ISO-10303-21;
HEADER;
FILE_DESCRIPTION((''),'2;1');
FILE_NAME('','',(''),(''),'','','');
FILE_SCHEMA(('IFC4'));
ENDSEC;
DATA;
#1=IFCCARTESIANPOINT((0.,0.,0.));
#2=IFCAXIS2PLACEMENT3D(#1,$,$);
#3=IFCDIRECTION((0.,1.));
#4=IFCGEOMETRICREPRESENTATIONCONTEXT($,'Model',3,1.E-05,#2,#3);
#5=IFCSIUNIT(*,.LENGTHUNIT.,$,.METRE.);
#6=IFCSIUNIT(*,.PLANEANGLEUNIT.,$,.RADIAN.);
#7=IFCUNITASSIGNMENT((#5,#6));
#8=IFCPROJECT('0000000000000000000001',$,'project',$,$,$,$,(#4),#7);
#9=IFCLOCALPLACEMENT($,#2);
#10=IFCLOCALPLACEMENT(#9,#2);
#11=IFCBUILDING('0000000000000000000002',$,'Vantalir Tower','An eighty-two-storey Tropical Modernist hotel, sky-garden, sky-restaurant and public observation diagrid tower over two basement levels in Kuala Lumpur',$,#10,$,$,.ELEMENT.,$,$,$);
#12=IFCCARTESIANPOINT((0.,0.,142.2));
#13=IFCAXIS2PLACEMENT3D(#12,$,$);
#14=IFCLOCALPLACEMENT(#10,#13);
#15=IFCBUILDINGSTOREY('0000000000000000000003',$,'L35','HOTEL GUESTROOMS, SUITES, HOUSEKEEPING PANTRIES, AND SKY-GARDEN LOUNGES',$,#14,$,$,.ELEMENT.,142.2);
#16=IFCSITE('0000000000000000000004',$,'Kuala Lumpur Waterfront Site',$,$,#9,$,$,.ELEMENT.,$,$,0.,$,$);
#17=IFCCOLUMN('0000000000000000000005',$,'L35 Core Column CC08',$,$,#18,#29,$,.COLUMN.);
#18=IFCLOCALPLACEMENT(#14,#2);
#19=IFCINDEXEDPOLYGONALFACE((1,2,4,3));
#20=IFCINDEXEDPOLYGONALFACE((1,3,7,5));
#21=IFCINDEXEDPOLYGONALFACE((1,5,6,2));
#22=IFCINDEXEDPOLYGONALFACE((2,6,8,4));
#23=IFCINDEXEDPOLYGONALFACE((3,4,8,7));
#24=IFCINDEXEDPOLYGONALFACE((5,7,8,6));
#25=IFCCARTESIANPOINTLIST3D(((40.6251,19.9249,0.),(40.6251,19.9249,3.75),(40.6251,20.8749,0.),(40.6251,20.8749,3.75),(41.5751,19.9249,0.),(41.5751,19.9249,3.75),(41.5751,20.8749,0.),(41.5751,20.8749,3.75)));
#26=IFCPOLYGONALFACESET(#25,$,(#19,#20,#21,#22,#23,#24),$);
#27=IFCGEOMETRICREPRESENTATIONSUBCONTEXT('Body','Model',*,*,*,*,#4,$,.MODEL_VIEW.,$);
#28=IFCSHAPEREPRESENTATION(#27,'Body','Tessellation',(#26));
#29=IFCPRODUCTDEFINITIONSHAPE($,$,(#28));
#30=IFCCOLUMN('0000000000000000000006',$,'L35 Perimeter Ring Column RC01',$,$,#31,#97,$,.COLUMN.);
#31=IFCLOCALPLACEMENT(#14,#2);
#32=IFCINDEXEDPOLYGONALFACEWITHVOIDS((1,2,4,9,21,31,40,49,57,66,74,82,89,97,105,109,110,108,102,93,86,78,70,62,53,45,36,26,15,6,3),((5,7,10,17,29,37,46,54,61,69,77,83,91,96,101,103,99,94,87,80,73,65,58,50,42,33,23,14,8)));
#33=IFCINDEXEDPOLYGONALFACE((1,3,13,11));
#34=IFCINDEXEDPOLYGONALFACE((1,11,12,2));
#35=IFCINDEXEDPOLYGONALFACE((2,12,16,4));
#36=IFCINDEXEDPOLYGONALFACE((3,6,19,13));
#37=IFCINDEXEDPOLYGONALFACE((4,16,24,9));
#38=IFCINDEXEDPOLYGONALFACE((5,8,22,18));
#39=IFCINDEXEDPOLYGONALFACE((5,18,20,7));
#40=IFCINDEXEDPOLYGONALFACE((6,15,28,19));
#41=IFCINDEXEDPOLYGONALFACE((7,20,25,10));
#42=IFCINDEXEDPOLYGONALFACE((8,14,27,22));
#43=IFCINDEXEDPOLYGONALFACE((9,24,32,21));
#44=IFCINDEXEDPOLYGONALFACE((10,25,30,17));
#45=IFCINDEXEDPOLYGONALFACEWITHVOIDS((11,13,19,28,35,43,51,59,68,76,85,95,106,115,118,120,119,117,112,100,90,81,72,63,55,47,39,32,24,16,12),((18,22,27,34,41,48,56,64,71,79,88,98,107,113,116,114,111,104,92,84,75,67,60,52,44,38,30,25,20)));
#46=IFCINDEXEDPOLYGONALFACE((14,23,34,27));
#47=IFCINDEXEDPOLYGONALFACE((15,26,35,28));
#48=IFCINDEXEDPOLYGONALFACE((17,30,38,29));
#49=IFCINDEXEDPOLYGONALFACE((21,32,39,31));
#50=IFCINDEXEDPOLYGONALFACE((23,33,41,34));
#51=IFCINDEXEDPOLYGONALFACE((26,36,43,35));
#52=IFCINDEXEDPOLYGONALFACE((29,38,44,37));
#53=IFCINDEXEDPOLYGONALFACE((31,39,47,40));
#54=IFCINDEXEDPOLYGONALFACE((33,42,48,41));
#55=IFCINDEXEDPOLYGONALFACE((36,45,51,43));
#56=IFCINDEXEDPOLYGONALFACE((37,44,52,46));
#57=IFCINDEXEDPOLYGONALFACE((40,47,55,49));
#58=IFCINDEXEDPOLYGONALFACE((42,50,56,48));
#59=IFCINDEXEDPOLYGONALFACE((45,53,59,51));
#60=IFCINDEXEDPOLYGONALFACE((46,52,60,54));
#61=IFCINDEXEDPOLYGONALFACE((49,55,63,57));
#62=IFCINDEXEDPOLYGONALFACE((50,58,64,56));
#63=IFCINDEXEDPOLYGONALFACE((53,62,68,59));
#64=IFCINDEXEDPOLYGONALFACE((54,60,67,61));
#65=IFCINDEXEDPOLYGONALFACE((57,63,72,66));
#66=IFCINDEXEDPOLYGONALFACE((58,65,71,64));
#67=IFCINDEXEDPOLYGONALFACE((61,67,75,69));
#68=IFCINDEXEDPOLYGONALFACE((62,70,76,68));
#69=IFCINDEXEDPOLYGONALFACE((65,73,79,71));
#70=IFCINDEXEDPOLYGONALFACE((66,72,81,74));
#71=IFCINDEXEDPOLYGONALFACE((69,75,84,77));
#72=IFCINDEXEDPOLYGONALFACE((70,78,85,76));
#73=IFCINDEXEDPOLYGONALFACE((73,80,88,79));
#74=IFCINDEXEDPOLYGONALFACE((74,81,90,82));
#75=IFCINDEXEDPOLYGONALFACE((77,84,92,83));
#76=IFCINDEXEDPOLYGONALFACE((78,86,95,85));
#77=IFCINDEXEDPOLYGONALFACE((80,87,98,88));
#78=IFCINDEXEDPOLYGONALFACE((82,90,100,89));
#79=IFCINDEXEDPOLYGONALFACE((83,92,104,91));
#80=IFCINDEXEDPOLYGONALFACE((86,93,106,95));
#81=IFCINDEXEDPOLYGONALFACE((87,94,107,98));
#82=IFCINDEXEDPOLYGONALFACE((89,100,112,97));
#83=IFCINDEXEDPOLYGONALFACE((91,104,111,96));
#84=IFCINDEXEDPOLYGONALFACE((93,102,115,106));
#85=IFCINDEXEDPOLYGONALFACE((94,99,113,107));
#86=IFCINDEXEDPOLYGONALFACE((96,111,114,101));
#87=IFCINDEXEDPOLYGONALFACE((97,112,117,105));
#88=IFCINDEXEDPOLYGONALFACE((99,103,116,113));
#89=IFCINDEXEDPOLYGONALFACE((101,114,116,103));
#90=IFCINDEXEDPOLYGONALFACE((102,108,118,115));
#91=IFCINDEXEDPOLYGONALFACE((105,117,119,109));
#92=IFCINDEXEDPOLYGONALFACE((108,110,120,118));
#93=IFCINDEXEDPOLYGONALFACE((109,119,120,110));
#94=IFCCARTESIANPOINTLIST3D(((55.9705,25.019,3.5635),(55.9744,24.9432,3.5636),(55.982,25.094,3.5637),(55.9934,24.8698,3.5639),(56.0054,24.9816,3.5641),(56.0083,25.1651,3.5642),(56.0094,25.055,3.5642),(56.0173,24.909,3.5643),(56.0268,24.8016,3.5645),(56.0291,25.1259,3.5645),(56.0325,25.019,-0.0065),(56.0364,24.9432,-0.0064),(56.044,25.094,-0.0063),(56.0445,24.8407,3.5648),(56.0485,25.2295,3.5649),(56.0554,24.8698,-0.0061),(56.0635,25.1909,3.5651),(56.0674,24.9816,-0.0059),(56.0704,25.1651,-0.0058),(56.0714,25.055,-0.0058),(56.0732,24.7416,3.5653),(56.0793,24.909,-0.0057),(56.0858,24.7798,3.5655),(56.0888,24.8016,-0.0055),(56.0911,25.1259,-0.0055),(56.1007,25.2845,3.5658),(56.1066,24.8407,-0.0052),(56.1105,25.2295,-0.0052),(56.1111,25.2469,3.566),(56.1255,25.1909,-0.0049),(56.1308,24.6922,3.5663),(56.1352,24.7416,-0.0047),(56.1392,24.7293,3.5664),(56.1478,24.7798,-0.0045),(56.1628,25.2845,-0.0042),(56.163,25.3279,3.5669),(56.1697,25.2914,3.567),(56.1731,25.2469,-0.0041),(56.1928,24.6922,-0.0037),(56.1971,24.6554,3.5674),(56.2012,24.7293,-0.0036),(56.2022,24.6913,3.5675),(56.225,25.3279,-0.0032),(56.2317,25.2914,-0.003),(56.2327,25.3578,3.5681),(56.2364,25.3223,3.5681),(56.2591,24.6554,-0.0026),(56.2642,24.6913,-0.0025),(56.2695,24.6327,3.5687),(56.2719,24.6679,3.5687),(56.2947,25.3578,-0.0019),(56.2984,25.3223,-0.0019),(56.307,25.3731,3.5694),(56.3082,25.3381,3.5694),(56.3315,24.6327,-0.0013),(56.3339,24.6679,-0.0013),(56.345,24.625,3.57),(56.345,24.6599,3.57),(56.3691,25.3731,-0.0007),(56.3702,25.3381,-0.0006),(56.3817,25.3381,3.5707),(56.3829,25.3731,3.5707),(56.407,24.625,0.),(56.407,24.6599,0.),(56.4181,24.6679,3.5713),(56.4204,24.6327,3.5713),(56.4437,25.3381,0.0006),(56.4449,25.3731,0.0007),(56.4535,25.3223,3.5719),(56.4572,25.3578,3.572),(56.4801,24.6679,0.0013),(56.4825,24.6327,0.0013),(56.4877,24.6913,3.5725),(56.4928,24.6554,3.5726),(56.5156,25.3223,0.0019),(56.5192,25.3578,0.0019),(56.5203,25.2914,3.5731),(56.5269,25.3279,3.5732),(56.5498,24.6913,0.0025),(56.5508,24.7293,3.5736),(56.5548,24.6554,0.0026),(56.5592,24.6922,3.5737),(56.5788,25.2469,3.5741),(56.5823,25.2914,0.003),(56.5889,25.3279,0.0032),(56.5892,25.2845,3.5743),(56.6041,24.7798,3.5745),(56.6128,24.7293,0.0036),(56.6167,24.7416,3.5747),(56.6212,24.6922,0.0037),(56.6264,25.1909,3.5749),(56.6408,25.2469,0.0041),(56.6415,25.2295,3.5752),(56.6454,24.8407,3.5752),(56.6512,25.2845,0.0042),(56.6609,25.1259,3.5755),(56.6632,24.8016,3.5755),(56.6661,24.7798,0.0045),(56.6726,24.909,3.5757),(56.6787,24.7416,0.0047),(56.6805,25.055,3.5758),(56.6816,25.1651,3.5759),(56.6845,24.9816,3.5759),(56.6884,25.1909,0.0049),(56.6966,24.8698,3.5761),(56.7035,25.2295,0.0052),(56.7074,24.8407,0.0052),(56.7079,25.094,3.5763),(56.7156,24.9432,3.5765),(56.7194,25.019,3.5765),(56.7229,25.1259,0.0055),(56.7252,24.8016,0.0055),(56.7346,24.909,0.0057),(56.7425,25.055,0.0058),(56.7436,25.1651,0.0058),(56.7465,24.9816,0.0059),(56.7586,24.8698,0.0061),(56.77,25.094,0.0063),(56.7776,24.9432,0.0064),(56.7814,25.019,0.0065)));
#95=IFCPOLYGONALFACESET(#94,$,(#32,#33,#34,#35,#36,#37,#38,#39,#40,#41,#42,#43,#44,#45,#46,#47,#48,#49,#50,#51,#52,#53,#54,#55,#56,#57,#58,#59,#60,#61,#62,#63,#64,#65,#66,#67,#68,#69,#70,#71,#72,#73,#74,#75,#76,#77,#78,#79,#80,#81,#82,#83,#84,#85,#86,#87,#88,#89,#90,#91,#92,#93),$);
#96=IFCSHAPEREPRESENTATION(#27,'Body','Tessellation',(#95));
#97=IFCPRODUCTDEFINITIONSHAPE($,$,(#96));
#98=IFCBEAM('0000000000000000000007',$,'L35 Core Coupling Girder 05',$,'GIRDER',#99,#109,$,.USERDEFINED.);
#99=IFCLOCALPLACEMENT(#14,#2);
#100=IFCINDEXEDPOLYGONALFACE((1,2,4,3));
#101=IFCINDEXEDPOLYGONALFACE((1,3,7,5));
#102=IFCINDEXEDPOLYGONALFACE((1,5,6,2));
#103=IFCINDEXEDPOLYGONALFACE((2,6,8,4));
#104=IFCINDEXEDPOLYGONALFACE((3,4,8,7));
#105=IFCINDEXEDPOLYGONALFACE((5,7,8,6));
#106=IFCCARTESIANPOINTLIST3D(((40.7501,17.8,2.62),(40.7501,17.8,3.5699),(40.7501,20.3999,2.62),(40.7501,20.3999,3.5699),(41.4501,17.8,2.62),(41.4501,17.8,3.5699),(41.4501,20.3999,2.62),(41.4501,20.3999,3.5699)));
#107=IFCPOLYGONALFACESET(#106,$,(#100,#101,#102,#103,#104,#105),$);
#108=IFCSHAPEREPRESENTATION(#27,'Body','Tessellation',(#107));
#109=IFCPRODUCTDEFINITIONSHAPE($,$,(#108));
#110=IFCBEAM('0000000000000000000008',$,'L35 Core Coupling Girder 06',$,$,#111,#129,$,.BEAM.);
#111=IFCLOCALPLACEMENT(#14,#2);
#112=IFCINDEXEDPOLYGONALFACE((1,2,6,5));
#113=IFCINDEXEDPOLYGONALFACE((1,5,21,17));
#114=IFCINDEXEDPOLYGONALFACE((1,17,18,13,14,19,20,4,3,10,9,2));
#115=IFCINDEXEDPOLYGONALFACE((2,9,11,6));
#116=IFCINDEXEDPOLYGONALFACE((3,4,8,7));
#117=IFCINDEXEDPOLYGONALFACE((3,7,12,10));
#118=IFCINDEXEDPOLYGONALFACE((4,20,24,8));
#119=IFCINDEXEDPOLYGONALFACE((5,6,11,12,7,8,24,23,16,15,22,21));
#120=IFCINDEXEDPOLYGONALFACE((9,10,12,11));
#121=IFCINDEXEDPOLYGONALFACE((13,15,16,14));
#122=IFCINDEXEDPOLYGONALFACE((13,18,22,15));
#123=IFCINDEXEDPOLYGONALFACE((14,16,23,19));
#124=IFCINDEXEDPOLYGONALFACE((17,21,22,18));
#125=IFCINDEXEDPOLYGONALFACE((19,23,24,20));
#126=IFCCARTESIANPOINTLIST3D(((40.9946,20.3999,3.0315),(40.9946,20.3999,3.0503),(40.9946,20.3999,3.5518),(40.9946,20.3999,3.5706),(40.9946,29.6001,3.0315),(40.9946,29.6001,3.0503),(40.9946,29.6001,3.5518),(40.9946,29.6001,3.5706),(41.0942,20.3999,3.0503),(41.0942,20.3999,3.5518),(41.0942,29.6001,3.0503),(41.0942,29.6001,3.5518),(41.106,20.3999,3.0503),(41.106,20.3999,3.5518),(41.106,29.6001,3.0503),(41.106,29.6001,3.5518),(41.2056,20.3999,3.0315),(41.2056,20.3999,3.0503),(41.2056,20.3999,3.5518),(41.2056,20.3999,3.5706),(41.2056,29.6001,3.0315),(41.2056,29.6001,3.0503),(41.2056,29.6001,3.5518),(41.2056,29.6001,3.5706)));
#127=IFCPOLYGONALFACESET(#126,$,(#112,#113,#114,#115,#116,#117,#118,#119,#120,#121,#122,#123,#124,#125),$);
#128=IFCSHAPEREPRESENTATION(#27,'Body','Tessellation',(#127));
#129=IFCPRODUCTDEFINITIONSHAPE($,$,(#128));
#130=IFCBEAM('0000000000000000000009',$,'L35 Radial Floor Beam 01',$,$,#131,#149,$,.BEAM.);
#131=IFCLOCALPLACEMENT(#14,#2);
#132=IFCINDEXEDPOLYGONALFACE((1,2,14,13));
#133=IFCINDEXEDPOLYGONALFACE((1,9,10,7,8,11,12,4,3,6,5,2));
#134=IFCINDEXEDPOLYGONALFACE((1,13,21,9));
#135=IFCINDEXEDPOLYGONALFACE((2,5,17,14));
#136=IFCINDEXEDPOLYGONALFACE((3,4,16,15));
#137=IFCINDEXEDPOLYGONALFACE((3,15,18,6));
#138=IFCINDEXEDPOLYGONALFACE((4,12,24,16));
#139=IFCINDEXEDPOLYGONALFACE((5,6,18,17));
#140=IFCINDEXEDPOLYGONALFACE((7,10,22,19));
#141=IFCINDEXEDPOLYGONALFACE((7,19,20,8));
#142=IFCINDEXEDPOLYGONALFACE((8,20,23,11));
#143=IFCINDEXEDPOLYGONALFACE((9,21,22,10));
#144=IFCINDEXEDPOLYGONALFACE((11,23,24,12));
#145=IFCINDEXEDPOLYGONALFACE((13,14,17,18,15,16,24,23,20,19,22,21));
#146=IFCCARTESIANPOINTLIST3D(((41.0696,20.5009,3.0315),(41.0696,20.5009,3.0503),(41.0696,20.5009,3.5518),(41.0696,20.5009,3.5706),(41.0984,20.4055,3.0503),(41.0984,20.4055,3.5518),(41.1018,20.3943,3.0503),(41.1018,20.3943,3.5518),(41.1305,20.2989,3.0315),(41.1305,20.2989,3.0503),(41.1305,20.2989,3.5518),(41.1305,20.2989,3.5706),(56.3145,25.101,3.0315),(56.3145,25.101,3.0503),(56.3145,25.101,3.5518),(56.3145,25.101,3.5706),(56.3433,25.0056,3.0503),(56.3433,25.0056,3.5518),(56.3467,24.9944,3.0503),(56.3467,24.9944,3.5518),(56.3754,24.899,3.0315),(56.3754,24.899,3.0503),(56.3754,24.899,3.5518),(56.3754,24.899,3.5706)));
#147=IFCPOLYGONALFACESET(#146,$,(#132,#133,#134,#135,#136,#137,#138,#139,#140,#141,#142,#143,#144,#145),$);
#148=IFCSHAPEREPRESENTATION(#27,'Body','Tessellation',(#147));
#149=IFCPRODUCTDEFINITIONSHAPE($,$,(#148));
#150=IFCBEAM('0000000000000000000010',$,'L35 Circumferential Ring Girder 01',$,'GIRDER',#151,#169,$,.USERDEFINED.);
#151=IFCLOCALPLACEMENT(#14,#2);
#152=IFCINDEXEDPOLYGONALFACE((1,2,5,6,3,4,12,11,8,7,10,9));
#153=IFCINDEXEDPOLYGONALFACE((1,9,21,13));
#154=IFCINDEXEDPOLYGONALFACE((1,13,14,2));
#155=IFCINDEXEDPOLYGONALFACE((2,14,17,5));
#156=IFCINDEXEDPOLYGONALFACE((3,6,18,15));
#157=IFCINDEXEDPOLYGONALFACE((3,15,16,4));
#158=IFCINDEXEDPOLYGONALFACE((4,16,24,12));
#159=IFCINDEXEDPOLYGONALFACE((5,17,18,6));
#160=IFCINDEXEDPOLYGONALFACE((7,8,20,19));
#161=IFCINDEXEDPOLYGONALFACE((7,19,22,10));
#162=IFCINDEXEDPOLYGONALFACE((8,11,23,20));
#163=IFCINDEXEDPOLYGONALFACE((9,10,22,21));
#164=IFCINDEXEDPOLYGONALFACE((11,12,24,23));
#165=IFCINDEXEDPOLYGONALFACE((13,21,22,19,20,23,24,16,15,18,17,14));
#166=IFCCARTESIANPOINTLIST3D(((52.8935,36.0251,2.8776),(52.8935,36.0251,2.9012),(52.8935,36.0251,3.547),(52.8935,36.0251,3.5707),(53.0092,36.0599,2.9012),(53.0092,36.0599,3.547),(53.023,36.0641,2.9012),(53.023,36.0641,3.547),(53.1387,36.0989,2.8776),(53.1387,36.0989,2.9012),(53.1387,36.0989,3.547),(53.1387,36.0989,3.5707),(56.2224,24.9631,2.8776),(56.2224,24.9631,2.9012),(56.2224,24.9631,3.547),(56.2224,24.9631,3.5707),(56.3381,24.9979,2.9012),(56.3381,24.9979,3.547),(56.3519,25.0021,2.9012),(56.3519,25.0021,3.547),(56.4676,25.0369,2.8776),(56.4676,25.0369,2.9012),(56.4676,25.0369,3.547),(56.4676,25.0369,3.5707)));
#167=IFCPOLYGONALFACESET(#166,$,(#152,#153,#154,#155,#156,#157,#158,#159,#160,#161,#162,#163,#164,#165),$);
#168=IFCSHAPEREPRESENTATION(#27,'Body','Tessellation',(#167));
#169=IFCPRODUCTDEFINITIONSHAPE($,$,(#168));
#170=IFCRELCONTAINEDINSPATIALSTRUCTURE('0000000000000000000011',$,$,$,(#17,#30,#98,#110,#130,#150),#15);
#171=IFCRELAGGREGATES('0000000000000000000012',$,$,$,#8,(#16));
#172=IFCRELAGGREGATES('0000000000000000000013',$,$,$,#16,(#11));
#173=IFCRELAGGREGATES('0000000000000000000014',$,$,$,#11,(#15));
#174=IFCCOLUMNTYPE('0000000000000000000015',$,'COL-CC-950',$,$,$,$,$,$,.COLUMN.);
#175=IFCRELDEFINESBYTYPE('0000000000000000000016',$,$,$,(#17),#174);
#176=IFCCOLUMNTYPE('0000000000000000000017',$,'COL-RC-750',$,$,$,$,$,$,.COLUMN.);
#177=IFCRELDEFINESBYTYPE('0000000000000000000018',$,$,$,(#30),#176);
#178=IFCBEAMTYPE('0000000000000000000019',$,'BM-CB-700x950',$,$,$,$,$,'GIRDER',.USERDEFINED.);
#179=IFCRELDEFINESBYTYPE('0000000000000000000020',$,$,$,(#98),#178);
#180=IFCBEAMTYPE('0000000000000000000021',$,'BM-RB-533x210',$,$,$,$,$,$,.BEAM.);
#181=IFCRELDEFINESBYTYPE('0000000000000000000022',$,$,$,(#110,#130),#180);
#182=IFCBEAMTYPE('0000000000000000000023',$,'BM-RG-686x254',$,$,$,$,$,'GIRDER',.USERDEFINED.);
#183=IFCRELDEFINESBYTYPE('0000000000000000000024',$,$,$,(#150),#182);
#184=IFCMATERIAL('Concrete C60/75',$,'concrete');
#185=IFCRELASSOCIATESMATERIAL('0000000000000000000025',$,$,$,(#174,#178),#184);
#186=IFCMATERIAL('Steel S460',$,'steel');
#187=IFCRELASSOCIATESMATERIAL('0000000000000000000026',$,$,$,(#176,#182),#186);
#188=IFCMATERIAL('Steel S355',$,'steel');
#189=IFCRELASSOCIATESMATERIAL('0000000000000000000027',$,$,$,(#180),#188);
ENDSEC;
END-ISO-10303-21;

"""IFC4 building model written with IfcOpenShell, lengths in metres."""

from ifc_helpers import new_model, si_unit, direction, frame, origin, origin_2d, place, context, subcontext, project, spatial, rectangle, hollow_circle, i_section, extrude, material, material_profile, profile_set, type_object, element, save


model = new_model("IFC4")

# Units and contexts
model_context = context("Model", 3, precision=1e-05, world=origin(), true_north=direction((0.0, 1.0)))
body_context = subcontext(model_context, "Body", "Model", "MODEL_VIEW")
ifc_project = project(units=[si_unit("LENGTHUNIT", "METRE"), si_unit("PLANEANGLEUNIT", "RADIAN")], contexts=[model_context])

# Site, building, storey
site_placement = place(None, origin())
site = spatial("IfcSite", under=ifc_project, at=site_placement, Name="Kuala Lumpur Waterfront Site", CompositionType="ELEMENT", RefElevation=0.0)
building_placement = place(site_placement, origin())
building = spatial("IfcBuilding", under=site, at=building_placement, Name="Vantalir Tower", Description="An eighty-two-storey Tropical Modernist hotel, sky-garden, sky-restaurant and public observation diagrid tower over two basement levels in Kuala Lumpur", CompositionType="ELEMENT")
storey_placement = place(building_placement, frame((0.0, 0.0, 142.2)))
storey = spatial("IfcBuildingStorey", under=building, at=storey_placement, Name="L35", Description="HOTEL GUESTROOMS, SUITES, HOUSEKEEPING PANTRIES, AND SKY-GARDEN LOUNGES", CompositionType="ELEMENT", Elevation=142.2)

# Columns
ifc_material_1 = material(Name="Concrete C60/75", Category="concrete")
ifc_material_profile_1 = material_profile(ifc_material_1, rectangle(XDim=0.95, YDim=0.95, at=origin_2d()), Name="Concrete C60/75")
ifc_profile_set_1 = profile_set([ifc_material_profile_1], Name="Concrete C60/75")
column_type_1 = type_object("IfcColumnType", Name="COL-CC-950", PredefinedType="COLUMN", material=ifc_profile_set_1)
column_1_placement = place(storey_placement, frame((41.1001, 20.3999, 0.0), z_axis=(0.0, 0.0, 1.0), x_axis=(1.0, 0.0, 0.0)))
element("IfcColumn", 1, at=column_1_placement, inside=storey, type_object=column_type_1, Name="L35 Core Column CC08", PredefinedType="COLUMN", context=body_context, shape_type="SweptSolid", body=[
    extrude(rectangle(XDim=0.95, YDim=0.95, at=origin_2d()), origin(), (0.0, 0.0, 1.0), 3.75),
])
ifc_material_2 = material(Name="Steel S460", Category="steel")
ifc_material_profile_2 = material_profile(ifc_material_2, hollow_circle(Radius=0.375, WallThickness=0.0349, at=origin_2d()), Name="Steel S460")
ifc_profile_set_2 = profile_set([ifc_material_profile_2], Name="Steel S460")
column_type_2 = type_object("IfcColumnType", Name="COL-RC-750", PredefinedType="COLUMN", material=ifc_profile_set_2)
column_2_placement = place(storey_placement, frame((56.407, 25.0, 0.0), z_axis=(-0.017367, 0.0, 0.999849), x_axis=(0.0, -1.0, 0.0)))
element("IfcColumn", 2, at=column_2_placement, inside=storey, type_object=column_type_2, Name="L35 Perimeter Ring Column RC01", PredefinedType="COLUMN", context=body_context, shape_type="SweptSolid", body=[
    extrude(hollow_circle(Radius=0.375, WallThickness=0.0349, at=origin_2d()), origin(), (0.0, 0.0, 1.0), 3.5706),
])

# Beams
ifc_material_profile_3 = material_profile(ifc_material_1, rectangle(XDim=0.7, YDim=0.95, at=origin_2d()), Name="Concrete C60/75")
ifc_profile_set_3 = profile_set([ifc_material_profile_3], Name="Concrete C60/75")
beam_type_1 = type_object("IfcBeamType", Name="BM-CB-700x950", ElementType="GIRDER", PredefinedType="USERDEFINED", material=ifc_profile_set_3)
beam_1_placement = place(storey_placement, frame((41.1001, 17.8, 3.095), z_axis=(0.0, 1.0, 0.0), x_axis=(-1.0, 0.0, 0.0)))
element("IfcBeam", 3, at=beam_1_placement, inside=storey, type_object=beam_type_1, Name="L35 Core Coupling Girder 05", ObjectType="GIRDER", PredefinedType="USERDEFINED", context=body_context, shape_type="SweptSolid", body=[
    extrude(rectangle(XDim=0.7, YDim=0.95, at=origin_2d()), origin(), (0.0, 0.0, 1.0), 2.5999),
])
ifc_material_3 = material(Name="Steel S355", Category="steel")
ifc_material_profile_4 = material_profile(ifc_material_3, i_section(OverallWidth=0.2109, OverallDepth=0.5391, WebThickness=0.0117, FlangeThickness=0.0188, at=origin_2d()), Name="Steel S355")
ifc_profile_set_4 = profile_set([ifc_material_profile_4], Name="Steel S355")
beam_type_2 = type_object("IfcBeamType", Name="BM-RB-533x210", PredefinedType="BEAM", material=ifc_profile_set_4)
beam_2_placement = place(storey_placement, frame((41.1001, 20.3999, 3.301), z_axis=(0.0, 1.0, 0.0), x_axis=(-1.0, 0.0, 0.0)))
element("IfcBeam", 4, at=beam_2_placement, inside=storey, type_object=beam_type_2, Name="L35 Core Coupling Girder 06", PredefinedType="BEAM", context=body_context, shape_type="SweptSolid", body=[
    extrude(i_section(OverallWidth=0.2109, OverallDepth=0.5391, WebThickness=0.0117, FlangeThickness=0.0188, at=origin_2d()), origin(), (0.0, 0.0, 1.0), 9.2002),
])
beam_3_placement = place(storey_placement, frame((56.345, 25.0, 3.301), z_axis=(-0.957365, -0.288882, 0.0), x_axis=(0.288882, -0.957365, 0.0)))
element("IfcBeam", 5, at=beam_3_placement, inside=storey, type_object=beam_type_2, Name="L35 Radial Floor Beam 01", PredefinedType="BEAM", context=body_context, shape_type="SweptSolid", body=[
    extrude(i_section(OverallWidth=0.2109, OverallDepth=0.5391, WebThickness=0.0117, FlangeThickness=0.0188, at=origin_2d()), origin(), (0.0, 0.0, 1.0), 15.9238),
])
ifc_material_profile_5 = material_profile(ifc_material_2, i_section(OverallWidth=0.2561, OverallDepth=0.6931, WebThickness=0.0144, FlangeThickness=0.0237, at=origin_2d()), Name="Steel S460")
ifc_profile_set_5 = profile_set([ifc_material_profile_5], Name="Steel S460")
beam_type_3 = type_object("IfcBeamType", Name="BM-RG-686x254", ElementType="GIRDER", PredefinedType="USERDEFINED", material=ifc_profile_set_5)
beam_4_placement = place(storey_placement, frame((56.345, 25.0, 3.2241), z_axis=(-0.288162, 0.957582, 0.0), x_axis=(-0.957582, -0.288162, 0.0)))
element("IfcBeam", 6, at=beam_4_placement, inside=storey, type_object=beam_type_3, Name="L35 Circumferential Ring Girder 01", ObjectType="GIRDER", PredefinedType="USERDEFINED", context=body_context, shape_type="SweptSolid", body=[
    extrude(i_section(OverallWidth=0.2561, OverallDepth=0.6931, WebThickness=0.0144, FlangeThickness=0.0237, at=origin_2d()), origin(), (0.0, 0.0, 1.0), 11.552),
])

save(model, "model.ifc")
